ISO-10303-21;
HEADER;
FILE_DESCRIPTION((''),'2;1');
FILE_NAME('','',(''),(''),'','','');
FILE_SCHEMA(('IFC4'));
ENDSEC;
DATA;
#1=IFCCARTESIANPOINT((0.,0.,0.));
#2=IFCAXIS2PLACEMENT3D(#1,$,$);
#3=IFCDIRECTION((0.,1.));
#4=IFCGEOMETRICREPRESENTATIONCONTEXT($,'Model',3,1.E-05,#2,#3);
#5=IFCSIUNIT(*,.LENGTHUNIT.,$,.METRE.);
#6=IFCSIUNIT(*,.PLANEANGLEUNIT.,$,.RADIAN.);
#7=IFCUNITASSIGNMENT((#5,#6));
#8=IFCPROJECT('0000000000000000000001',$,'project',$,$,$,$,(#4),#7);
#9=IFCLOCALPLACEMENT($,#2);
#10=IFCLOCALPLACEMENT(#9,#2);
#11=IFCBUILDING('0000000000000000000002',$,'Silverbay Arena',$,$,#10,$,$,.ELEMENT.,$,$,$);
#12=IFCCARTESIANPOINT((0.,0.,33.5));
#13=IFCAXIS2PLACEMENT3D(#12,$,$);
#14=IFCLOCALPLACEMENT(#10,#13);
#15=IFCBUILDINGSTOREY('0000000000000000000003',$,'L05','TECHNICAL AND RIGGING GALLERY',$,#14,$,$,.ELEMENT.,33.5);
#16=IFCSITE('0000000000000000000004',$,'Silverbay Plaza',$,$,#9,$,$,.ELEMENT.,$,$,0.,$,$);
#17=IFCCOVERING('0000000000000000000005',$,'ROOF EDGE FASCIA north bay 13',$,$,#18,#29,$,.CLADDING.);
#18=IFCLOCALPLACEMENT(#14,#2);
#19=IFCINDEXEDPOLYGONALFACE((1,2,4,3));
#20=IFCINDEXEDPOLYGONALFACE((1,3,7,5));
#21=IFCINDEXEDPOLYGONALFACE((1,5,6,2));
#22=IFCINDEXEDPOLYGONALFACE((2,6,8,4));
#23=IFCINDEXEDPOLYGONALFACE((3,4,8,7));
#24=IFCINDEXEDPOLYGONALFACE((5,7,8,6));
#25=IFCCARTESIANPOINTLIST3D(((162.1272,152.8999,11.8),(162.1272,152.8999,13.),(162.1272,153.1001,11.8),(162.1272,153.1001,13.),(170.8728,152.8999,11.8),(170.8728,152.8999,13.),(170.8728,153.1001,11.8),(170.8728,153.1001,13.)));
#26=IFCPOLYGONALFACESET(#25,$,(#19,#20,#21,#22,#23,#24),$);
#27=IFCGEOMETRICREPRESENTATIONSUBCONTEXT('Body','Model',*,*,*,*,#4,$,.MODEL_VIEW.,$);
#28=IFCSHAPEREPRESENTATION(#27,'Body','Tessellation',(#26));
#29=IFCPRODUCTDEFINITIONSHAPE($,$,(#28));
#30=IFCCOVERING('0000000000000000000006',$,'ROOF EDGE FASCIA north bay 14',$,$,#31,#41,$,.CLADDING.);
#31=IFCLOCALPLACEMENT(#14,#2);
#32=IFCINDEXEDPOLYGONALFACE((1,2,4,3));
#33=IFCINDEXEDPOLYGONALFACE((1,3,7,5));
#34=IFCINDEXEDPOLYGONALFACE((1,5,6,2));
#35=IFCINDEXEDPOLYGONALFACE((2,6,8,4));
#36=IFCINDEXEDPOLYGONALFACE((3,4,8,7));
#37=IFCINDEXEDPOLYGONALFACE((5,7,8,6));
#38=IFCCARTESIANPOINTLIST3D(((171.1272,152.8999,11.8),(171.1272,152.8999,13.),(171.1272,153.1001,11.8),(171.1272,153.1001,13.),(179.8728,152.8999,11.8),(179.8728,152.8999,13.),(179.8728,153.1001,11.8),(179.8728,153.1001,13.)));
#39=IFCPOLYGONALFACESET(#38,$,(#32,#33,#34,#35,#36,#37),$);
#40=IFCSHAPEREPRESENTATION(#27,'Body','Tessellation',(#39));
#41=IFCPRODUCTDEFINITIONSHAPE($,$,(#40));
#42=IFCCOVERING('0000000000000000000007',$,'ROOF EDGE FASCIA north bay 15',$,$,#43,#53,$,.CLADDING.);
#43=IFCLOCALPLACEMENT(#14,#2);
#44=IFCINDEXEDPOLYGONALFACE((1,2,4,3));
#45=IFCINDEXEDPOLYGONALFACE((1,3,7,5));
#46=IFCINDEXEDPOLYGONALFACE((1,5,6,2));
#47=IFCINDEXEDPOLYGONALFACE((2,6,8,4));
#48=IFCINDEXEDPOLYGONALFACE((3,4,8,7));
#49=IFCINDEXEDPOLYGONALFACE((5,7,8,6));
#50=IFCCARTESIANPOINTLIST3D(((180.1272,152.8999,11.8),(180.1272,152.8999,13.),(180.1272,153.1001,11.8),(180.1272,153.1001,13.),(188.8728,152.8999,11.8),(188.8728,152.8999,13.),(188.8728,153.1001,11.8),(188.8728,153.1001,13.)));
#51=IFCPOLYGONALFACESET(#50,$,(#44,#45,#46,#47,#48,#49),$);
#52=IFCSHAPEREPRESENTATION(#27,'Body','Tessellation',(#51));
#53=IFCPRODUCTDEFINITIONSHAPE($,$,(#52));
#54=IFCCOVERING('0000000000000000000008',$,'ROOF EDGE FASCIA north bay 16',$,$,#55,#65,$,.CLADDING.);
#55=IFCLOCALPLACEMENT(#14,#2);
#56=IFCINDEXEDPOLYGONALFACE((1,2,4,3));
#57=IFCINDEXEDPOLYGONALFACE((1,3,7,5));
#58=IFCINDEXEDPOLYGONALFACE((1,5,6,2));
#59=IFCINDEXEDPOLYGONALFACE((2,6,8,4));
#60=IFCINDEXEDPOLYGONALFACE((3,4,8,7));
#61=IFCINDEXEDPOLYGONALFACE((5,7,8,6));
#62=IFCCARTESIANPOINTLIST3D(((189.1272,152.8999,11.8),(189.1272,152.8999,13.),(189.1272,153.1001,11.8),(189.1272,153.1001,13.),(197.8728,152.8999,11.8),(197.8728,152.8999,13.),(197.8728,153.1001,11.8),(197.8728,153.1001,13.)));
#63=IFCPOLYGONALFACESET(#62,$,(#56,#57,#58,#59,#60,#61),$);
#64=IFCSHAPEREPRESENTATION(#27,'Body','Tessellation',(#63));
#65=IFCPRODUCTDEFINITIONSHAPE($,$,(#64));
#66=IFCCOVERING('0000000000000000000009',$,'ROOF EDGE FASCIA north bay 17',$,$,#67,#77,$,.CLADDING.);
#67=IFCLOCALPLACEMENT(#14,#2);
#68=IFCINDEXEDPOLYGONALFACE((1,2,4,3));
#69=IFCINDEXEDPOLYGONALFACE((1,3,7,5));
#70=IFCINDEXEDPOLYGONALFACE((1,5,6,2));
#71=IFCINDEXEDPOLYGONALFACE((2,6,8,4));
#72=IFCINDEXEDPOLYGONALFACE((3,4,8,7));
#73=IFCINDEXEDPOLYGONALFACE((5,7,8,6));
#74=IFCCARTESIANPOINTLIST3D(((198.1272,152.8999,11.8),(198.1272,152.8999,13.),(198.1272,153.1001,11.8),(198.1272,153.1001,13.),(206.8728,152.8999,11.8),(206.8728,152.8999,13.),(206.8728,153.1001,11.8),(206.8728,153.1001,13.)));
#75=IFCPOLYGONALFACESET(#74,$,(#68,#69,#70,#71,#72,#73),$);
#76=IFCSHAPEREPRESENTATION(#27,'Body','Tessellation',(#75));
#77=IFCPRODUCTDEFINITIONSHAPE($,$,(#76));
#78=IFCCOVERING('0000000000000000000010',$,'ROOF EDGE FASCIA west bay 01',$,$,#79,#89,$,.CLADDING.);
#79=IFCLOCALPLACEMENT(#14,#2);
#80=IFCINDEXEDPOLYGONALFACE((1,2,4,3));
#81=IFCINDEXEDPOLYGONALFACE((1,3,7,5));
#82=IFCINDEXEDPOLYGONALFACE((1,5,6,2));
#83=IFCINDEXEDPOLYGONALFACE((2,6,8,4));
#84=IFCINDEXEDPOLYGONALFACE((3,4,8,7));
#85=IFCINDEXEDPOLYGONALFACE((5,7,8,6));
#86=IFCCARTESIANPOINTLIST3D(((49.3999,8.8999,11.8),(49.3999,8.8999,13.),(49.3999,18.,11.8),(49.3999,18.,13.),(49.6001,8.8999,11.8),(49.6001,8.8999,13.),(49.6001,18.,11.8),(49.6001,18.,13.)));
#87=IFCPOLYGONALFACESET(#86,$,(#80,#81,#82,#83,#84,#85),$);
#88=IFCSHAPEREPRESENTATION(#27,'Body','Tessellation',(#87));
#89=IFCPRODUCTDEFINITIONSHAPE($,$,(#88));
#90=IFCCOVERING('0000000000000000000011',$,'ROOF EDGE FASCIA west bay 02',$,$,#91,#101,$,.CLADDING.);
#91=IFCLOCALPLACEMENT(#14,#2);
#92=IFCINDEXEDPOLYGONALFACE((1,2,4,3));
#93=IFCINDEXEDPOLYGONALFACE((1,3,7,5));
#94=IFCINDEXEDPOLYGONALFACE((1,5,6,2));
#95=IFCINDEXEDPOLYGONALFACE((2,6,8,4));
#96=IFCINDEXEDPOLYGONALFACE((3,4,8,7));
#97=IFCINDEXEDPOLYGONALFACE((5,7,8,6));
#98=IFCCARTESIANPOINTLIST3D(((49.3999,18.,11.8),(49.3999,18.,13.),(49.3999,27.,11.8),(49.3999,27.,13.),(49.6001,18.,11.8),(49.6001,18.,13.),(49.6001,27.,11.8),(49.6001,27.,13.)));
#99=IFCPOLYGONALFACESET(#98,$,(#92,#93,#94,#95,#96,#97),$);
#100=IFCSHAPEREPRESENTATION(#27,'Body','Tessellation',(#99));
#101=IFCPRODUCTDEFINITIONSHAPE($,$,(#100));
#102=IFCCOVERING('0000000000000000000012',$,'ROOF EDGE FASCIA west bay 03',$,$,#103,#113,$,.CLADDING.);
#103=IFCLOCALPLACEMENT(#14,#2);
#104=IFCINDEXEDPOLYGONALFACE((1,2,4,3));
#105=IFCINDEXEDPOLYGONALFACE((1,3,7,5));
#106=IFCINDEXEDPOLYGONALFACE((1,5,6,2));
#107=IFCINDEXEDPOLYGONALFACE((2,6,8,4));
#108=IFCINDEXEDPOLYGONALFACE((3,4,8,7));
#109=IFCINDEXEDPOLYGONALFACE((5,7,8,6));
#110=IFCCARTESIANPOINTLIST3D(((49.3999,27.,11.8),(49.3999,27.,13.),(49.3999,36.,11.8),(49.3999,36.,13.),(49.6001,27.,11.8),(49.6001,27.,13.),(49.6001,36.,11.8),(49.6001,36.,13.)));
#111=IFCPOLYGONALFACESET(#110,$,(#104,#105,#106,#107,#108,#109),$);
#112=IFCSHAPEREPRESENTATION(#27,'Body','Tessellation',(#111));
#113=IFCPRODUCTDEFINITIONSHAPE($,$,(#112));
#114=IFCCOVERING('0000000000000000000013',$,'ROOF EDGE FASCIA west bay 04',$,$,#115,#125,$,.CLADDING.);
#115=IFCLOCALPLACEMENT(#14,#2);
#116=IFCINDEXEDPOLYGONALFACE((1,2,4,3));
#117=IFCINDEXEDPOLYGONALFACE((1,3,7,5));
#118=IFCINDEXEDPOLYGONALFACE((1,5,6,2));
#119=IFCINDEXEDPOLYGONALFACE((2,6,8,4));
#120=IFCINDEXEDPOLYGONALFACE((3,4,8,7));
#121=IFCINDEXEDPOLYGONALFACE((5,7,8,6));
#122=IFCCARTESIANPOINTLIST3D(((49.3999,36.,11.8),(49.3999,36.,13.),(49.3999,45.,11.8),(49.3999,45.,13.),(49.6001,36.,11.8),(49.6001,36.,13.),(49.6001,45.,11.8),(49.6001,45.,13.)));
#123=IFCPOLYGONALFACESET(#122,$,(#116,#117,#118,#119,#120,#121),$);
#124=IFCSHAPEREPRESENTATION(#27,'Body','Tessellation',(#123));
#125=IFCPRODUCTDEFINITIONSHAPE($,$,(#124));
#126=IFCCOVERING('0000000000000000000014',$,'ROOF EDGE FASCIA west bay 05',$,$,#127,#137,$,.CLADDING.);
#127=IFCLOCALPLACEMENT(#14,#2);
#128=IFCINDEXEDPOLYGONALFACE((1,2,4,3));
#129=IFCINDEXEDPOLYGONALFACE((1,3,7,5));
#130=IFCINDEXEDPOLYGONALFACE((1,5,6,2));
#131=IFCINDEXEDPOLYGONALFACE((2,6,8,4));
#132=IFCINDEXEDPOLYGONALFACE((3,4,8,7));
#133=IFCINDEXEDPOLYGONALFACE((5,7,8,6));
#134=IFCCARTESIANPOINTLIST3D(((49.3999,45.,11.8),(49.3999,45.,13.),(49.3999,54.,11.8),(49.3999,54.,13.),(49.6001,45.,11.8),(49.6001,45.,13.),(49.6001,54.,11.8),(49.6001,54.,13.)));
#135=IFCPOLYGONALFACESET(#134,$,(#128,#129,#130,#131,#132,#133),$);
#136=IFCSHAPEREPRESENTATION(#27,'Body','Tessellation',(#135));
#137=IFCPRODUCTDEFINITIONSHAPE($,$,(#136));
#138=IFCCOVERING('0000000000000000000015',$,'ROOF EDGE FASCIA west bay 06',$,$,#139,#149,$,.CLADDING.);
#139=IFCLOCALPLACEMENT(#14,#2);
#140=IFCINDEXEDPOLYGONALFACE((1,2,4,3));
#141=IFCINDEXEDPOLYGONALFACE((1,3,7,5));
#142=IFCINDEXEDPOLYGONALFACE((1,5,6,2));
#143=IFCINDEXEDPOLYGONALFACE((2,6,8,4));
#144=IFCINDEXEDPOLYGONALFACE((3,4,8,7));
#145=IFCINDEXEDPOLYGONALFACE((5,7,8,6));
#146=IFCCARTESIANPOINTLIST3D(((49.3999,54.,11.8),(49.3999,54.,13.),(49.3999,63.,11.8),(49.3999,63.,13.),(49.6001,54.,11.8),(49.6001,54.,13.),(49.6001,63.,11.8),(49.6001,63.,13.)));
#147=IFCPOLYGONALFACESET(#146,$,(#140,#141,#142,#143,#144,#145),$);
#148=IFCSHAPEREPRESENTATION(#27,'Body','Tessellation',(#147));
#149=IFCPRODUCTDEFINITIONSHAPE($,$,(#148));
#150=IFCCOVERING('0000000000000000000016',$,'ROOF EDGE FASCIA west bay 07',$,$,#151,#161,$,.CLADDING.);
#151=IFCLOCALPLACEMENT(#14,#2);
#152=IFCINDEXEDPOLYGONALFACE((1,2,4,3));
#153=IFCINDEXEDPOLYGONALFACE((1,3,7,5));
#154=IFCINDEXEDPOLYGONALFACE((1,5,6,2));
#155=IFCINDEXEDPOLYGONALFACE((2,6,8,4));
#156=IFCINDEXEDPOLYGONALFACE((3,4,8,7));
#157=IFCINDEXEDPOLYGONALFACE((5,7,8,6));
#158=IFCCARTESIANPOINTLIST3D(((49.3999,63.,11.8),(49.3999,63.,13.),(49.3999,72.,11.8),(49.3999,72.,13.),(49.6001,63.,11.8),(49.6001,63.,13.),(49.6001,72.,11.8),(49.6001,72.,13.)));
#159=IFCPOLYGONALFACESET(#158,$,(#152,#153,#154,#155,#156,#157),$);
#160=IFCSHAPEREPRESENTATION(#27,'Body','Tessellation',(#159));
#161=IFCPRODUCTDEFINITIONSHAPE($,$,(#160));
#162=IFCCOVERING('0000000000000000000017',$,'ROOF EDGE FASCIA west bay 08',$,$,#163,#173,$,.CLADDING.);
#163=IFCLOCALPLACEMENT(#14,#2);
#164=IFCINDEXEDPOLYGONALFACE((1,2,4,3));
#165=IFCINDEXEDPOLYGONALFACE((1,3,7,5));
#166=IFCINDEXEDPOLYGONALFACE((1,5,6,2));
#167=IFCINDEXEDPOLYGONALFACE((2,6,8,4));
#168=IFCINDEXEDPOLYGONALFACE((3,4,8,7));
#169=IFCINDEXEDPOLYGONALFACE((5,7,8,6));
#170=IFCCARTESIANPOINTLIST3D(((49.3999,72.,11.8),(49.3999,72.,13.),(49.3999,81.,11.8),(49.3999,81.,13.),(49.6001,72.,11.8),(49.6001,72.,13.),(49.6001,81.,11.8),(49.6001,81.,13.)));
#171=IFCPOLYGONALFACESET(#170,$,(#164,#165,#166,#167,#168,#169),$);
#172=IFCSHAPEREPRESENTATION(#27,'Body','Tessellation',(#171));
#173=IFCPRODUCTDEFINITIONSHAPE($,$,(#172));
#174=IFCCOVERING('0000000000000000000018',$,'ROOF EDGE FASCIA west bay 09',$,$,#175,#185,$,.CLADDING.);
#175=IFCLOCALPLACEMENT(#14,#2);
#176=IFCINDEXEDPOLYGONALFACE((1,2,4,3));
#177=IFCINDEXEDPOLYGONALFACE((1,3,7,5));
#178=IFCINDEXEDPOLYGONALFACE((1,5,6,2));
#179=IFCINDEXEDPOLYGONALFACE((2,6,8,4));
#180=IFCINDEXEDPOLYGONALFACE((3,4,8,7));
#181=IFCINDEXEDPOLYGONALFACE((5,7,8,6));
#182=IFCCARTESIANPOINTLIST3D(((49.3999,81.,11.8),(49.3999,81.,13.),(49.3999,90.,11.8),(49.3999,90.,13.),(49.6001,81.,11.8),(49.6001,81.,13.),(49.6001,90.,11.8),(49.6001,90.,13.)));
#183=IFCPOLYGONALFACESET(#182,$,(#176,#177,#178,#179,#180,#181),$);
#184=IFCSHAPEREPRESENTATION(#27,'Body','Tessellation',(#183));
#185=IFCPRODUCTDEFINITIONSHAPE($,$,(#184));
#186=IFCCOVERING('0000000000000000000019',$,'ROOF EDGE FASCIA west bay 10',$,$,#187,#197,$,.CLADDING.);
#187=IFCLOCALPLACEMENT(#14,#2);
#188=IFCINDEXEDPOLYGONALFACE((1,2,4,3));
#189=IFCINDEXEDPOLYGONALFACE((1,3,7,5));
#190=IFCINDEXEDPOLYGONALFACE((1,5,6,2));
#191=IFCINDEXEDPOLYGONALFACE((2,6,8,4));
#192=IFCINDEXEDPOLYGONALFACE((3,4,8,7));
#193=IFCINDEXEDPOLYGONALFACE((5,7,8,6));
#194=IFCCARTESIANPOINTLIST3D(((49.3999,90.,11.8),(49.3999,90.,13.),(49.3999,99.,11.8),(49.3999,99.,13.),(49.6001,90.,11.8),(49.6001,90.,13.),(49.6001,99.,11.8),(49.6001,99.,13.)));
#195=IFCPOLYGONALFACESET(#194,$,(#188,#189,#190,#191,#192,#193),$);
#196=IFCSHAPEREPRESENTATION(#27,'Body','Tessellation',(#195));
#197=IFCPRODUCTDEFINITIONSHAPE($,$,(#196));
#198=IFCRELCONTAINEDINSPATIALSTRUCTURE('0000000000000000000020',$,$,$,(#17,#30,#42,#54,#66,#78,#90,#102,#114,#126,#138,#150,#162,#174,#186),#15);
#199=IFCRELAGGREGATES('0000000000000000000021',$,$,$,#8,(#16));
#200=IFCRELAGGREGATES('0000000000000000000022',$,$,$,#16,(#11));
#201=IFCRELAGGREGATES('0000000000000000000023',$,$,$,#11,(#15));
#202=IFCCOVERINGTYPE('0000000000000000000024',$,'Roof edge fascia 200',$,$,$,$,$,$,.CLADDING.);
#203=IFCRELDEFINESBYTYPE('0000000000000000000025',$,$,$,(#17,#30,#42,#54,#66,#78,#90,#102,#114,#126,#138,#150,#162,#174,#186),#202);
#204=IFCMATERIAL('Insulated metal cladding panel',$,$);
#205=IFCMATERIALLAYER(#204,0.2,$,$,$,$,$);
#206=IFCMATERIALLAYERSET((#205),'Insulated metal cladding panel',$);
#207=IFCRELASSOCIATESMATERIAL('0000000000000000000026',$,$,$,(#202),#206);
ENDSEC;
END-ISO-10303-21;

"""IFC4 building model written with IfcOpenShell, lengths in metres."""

from ifc_helpers import new_model, si_unit, direction, frame, origin, place, context, subcontext, project, spatial, polyline, outline, extrude, material, layer, layer_set, type_object, element, save


model = new_model("IFC4")

# Units and contexts
model_context = context("Model", 3, precision=1e-05, world=origin(), true_north=direction((0.0, 1.0)))
body_context = subcontext(model_context, "Body", "Model", "MODEL_VIEW")
ifc_project = project(units=[si_unit("LENGTHUNIT", "METRE"), si_unit("PLANEANGLEUNIT", "RADIAN")], contexts=[model_context])

# Site, building, storey
site_placement = place(None, origin())
site = spatial("IfcSite", under=ifc_project, at=site_placement, Name="Silverbay Plaza", CompositionType="ELEMENT", RefElevation=0.0)
building_placement = place(site_placement, origin())
building = spatial("IfcBuilding", under=site, at=building_placement, Name="Silverbay Arena", CompositionType="ELEMENT")
storey_placement = place(building_placement, frame((0.0, 0.0, 33.5)))
storey = spatial("IfcBuildingStorey", under=building, at=storey_placement, Name="L05", Description="TECHNICAL AND RIGGING GALLERY", CompositionType="ELEMENT", Elevation=33.5)

# Coverings
ifc_material = material(Name="Insulated metal cladding panel")
ifc_layer = layer(ifc_material, 0.2)
ifc_layer_set = layer_set([ifc_layer], Name="Insulated metal cladding panel")
covering_type = type_object("IfcCoveringType", Name="Roof edge fascia 200", PredefinedType="CLADDING", material=ifc_layer_set)
covering_1_placement = place(storey_placement, frame((0.0, 0.0, 11.8)))
element("IfcCovering", 1, at=covering_1_placement, inside=storey, type_object=covering_type, Name="ROOF EDGE FASCIA north bay 13", PredefinedType="CLADDING", context=body_context, shape_type="SweptSolid", body=[
    extrude(outline(polyline([(162.1272, 152.8999), (170.8728, 152.8999), (170.8728, 153.1001), (162.1272, 153.1001), (162.1272, 152.8999)])), origin(), (0.0, 0.0, 1.0), 1.2),
])
covering_2_placement = place(storey_placement, frame((0.0, 0.0, 11.8)))
element("IfcCovering", 2, at=covering_2_placement, inside=storey, type_object=covering_type, Name="ROOF EDGE FASCIA north bay 14", PredefinedType="CLADDING", context=body_context, shape_type="SweptSolid", body=[
    extrude(outline(polyline([(171.1272, 152.8999), (179.8728, 152.8999), (179.8728, 153.1001), (171.1272, 153.1001), (171.1272, 152.8999)])), origin(), (0.0, 0.0, 1.0), 1.2),
])
covering_3_placement = place(storey_placement, frame((0.0, 0.0, 11.8)))
element("IfcCovering", 3, at=covering_3_placement, inside=storey, type_object=covering_type, Name="ROOF EDGE FASCIA north bay 15", PredefinedType="CLADDING", context=body_context, shape_type="SweptSolid", body=[
    extrude(outline(polyline([(180.1272, 152.8999), (188.8728, 152.8999), (188.8728, 153.1001), (180.1272, 153.1001), (180.1272, 152.8999)])), origin(), (0.0, 0.0, 1.0), 1.2),
])
covering_4_placement = place(storey_placement, frame((0.0, 0.0, 11.8)))
element("IfcCovering", 4, at=covering_4_placement, inside=storey, type_object=covering_type, Name="ROOF EDGE FASCIA north bay 16", PredefinedType="CLADDING", context=body_context, shape_type="SweptSolid", body=[
    extrude(outline(polyline([(189.1272, 152.8999), (197.8728, 152.8999), (197.8728, 153.1001), (189.1272, 153.1001), (189.1272, 152.8999)])), origin(), (0.0, 0.0, 1.0), 1.2),
])
covering_5_placement = place(storey_placement, frame((0.0, 0.0, 11.8)))
element("IfcCovering", 5, at=covering_5_placement, inside=storey, type_object=covering_type, Name="ROOF EDGE FASCIA north bay 17", PredefinedType="CLADDING", context=body_context, shape_type="SweptSolid", body=[
    extrude(outline(polyline([(198.1272, 152.8999), (206.8728, 152.8999), (206.8728, 153.1001), (198.1272, 153.1001), (198.1272, 152.8999)])), origin(), (0.0, 0.0, 1.0), 1.2),
])
covering_6_placement = place(storey_placement, frame((0.0, 0.0, 11.8)))
element("IfcCovering", 6, at=covering_6_placement, inside=storey, type_object=covering_type, Name="ROOF EDGE FASCIA west bay 01", PredefinedType="CLADDING", context=body_context, shape_type="SweptSolid", body=[
    extrude(outline(polyline([(49.3999, 8.8999), (49.6001, 8.8999), (49.6001, 18.0), (49.3999, 18.0), (49.3999, 8.8999)])), origin(), (0.0, 0.0, 1.0), 1.2),
])
covering_7_placement = place(storey_placement, frame((0.0, 0.0, 11.8)))
element("IfcCovering", 7, at=covering_7_placement, inside=storey, type_object=covering_type, Name="ROOF EDGE FASCIA west bay 02", PredefinedType="CLADDING", context=body_context, shape_type="SweptSolid", body=[
    extrude(outline(polyline([(49.3999, 18.0), (49.6001, 18.0), (49.6001, 27.0), (49.3999, 27.0), (49.3999, 18.0)])), origin(), (0.0, 0.0, 1.0), 1.2),
])
covering_8_placement = place(storey_placement, frame((0.0, 0.0, 11.8)))
element("IfcCovering", 8, at=covering_8_placement, inside=storey, type_object=covering_type, Name="ROOF EDGE FASCIA west bay 03", PredefinedType="CLADDING", context=body_context, shape_type="SweptSolid", body=[
    extrude(outline(polyline([(49.3999, 27.0), (49.6001, 27.0), (49.6001, 36.0), (49.3999, 36.0), (49.3999, 27.0)])), origin(), (0.0, 0.0, 1.0), 1.2),
])
covering_9_placement = place(storey_placement, frame((0.0, 0.0, 11.8)))
element("IfcCovering", 9, at=covering_9_placement, inside=storey, type_object=covering_type, Name="ROOF EDGE FASCIA west bay 04", PredefinedType="CLADDING", context=body_context, shape_type="SweptSolid", body=[
    extrude(outline(polyline([(49.3999, 36.0), (49.6001, 36.0), (49.6001, 45.0), (49.3999, 45.0), (49.3999, 36.0)])), origin(), (0.0, 0.0, 1.0), 1.2),
])
covering_10_placement = place(storey_placement, frame((0.0, 0.0, 11.8)))
element("IfcCovering", 10, at=covering_10_placement, inside=storey, type_object=covering_type, Name="ROOF EDGE FASCIA west bay 05", PredefinedType="CLADDING", context=body_context, shape_type="SweptSolid", body=[
    extrude(outline(polyline([(49.3999, 45.0), (49.6001, 45.0), (49.6001, 54.0), (49.3999, 54.0), (49.3999, 45.0)])), origin(), (0.0, 0.0, 1.0), 1.2),
])
covering_11_placement = place(storey_placement, frame((0.0, 0.0, 11.8)))
element("IfcCovering", 11, at=covering_11_placement, inside=storey, type_object=covering_type, Name="ROOF EDGE FASCIA west bay 06", PredefinedType="CLADDING", context=body_context, shape_type="SweptSolid", body=[
    extrude(outline(polyline([(49.3999, 54.0), (49.6001, 54.0), (49.6001, 63.0), (49.3999, 63.0), (49.3999, 54.0)])), origin(), (0.0, 0.0, 1.0), 1.2),
])
covering_12_placement = place(storey_placement, frame((0.0, 0.0, 11.8)))
element("IfcCovering", 12, at=covering_12_placement, inside=storey, type_object=covering_type, Name="ROOF EDGE FASCIA west bay 07", PredefinedType="CLADDING", context=body_context, shape_type="SweptSolid", body=[
    extrude(outline(polyline([(49.3999, 63.0), (49.6001, 63.0), (49.6001, 72.0), (49.3999, 72.0), (49.3999, 63.0)])), origin(), (0.0, 0.0, 1.0), 1.2),
])
covering_13_placement = place(storey_placement, frame((0.0, 0.0, 11.8)))
element("IfcCovering", 13, at=covering_13_placement, inside=storey, type_object=covering_type, Name="ROOF EDGE FASCIA west bay 08", PredefinedType="CLADDING", context=body_context, shape_type="SweptSolid", body=[
    extrude(outline(polyline([(49.3999, 72.0), (49.6001, 72.0), (49.6001, 81.0), (49.3999, 81.0), (49.3999, 72.0)])), origin(), (0.0, 0.0, 1.0), 1.2),
])
covering_14_placement = place(storey_placement, frame((0.0, 0.0, 11.8)))
element("IfcCovering", 14, at=covering_14_placement, inside=storey, type_object=covering_type, Name="ROOF EDGE FASCIA west bay 09", PredefinedType="CLADDING", context=body_context, shape_type="SweptSolid", body=[
    extrude(outline(polyline([(49.3999, 81.0), (49.6001, 81.0), (49.6001, 90.0), (49.3999, 90.0), (49.3999, 81.0)])), origin(), (0.0, 0.0, 1.0), 1.2),
])
covering_15_placement = place(storey_placement, frame((0.0, 0.0, 11.8)))
element("IfcCovering", 15, at=covering_15_placement, inside=storey, type_object=covering_type, Name="ROOF EDGE FASCIA west bay 10", PredefinedType="CLADDING", context=body_context, shape_type="SweptSolid", body=[
    extrude(outline(polyline([(49.3999, 90.0), (49.6001, 90.0), (49.6001, 99.0), (49.3999, 99.0), (49.3999, 90.0)])), origin(), (0.0, 0.0, 1.0), 1.2),
])

save(model, "model.ifc")
